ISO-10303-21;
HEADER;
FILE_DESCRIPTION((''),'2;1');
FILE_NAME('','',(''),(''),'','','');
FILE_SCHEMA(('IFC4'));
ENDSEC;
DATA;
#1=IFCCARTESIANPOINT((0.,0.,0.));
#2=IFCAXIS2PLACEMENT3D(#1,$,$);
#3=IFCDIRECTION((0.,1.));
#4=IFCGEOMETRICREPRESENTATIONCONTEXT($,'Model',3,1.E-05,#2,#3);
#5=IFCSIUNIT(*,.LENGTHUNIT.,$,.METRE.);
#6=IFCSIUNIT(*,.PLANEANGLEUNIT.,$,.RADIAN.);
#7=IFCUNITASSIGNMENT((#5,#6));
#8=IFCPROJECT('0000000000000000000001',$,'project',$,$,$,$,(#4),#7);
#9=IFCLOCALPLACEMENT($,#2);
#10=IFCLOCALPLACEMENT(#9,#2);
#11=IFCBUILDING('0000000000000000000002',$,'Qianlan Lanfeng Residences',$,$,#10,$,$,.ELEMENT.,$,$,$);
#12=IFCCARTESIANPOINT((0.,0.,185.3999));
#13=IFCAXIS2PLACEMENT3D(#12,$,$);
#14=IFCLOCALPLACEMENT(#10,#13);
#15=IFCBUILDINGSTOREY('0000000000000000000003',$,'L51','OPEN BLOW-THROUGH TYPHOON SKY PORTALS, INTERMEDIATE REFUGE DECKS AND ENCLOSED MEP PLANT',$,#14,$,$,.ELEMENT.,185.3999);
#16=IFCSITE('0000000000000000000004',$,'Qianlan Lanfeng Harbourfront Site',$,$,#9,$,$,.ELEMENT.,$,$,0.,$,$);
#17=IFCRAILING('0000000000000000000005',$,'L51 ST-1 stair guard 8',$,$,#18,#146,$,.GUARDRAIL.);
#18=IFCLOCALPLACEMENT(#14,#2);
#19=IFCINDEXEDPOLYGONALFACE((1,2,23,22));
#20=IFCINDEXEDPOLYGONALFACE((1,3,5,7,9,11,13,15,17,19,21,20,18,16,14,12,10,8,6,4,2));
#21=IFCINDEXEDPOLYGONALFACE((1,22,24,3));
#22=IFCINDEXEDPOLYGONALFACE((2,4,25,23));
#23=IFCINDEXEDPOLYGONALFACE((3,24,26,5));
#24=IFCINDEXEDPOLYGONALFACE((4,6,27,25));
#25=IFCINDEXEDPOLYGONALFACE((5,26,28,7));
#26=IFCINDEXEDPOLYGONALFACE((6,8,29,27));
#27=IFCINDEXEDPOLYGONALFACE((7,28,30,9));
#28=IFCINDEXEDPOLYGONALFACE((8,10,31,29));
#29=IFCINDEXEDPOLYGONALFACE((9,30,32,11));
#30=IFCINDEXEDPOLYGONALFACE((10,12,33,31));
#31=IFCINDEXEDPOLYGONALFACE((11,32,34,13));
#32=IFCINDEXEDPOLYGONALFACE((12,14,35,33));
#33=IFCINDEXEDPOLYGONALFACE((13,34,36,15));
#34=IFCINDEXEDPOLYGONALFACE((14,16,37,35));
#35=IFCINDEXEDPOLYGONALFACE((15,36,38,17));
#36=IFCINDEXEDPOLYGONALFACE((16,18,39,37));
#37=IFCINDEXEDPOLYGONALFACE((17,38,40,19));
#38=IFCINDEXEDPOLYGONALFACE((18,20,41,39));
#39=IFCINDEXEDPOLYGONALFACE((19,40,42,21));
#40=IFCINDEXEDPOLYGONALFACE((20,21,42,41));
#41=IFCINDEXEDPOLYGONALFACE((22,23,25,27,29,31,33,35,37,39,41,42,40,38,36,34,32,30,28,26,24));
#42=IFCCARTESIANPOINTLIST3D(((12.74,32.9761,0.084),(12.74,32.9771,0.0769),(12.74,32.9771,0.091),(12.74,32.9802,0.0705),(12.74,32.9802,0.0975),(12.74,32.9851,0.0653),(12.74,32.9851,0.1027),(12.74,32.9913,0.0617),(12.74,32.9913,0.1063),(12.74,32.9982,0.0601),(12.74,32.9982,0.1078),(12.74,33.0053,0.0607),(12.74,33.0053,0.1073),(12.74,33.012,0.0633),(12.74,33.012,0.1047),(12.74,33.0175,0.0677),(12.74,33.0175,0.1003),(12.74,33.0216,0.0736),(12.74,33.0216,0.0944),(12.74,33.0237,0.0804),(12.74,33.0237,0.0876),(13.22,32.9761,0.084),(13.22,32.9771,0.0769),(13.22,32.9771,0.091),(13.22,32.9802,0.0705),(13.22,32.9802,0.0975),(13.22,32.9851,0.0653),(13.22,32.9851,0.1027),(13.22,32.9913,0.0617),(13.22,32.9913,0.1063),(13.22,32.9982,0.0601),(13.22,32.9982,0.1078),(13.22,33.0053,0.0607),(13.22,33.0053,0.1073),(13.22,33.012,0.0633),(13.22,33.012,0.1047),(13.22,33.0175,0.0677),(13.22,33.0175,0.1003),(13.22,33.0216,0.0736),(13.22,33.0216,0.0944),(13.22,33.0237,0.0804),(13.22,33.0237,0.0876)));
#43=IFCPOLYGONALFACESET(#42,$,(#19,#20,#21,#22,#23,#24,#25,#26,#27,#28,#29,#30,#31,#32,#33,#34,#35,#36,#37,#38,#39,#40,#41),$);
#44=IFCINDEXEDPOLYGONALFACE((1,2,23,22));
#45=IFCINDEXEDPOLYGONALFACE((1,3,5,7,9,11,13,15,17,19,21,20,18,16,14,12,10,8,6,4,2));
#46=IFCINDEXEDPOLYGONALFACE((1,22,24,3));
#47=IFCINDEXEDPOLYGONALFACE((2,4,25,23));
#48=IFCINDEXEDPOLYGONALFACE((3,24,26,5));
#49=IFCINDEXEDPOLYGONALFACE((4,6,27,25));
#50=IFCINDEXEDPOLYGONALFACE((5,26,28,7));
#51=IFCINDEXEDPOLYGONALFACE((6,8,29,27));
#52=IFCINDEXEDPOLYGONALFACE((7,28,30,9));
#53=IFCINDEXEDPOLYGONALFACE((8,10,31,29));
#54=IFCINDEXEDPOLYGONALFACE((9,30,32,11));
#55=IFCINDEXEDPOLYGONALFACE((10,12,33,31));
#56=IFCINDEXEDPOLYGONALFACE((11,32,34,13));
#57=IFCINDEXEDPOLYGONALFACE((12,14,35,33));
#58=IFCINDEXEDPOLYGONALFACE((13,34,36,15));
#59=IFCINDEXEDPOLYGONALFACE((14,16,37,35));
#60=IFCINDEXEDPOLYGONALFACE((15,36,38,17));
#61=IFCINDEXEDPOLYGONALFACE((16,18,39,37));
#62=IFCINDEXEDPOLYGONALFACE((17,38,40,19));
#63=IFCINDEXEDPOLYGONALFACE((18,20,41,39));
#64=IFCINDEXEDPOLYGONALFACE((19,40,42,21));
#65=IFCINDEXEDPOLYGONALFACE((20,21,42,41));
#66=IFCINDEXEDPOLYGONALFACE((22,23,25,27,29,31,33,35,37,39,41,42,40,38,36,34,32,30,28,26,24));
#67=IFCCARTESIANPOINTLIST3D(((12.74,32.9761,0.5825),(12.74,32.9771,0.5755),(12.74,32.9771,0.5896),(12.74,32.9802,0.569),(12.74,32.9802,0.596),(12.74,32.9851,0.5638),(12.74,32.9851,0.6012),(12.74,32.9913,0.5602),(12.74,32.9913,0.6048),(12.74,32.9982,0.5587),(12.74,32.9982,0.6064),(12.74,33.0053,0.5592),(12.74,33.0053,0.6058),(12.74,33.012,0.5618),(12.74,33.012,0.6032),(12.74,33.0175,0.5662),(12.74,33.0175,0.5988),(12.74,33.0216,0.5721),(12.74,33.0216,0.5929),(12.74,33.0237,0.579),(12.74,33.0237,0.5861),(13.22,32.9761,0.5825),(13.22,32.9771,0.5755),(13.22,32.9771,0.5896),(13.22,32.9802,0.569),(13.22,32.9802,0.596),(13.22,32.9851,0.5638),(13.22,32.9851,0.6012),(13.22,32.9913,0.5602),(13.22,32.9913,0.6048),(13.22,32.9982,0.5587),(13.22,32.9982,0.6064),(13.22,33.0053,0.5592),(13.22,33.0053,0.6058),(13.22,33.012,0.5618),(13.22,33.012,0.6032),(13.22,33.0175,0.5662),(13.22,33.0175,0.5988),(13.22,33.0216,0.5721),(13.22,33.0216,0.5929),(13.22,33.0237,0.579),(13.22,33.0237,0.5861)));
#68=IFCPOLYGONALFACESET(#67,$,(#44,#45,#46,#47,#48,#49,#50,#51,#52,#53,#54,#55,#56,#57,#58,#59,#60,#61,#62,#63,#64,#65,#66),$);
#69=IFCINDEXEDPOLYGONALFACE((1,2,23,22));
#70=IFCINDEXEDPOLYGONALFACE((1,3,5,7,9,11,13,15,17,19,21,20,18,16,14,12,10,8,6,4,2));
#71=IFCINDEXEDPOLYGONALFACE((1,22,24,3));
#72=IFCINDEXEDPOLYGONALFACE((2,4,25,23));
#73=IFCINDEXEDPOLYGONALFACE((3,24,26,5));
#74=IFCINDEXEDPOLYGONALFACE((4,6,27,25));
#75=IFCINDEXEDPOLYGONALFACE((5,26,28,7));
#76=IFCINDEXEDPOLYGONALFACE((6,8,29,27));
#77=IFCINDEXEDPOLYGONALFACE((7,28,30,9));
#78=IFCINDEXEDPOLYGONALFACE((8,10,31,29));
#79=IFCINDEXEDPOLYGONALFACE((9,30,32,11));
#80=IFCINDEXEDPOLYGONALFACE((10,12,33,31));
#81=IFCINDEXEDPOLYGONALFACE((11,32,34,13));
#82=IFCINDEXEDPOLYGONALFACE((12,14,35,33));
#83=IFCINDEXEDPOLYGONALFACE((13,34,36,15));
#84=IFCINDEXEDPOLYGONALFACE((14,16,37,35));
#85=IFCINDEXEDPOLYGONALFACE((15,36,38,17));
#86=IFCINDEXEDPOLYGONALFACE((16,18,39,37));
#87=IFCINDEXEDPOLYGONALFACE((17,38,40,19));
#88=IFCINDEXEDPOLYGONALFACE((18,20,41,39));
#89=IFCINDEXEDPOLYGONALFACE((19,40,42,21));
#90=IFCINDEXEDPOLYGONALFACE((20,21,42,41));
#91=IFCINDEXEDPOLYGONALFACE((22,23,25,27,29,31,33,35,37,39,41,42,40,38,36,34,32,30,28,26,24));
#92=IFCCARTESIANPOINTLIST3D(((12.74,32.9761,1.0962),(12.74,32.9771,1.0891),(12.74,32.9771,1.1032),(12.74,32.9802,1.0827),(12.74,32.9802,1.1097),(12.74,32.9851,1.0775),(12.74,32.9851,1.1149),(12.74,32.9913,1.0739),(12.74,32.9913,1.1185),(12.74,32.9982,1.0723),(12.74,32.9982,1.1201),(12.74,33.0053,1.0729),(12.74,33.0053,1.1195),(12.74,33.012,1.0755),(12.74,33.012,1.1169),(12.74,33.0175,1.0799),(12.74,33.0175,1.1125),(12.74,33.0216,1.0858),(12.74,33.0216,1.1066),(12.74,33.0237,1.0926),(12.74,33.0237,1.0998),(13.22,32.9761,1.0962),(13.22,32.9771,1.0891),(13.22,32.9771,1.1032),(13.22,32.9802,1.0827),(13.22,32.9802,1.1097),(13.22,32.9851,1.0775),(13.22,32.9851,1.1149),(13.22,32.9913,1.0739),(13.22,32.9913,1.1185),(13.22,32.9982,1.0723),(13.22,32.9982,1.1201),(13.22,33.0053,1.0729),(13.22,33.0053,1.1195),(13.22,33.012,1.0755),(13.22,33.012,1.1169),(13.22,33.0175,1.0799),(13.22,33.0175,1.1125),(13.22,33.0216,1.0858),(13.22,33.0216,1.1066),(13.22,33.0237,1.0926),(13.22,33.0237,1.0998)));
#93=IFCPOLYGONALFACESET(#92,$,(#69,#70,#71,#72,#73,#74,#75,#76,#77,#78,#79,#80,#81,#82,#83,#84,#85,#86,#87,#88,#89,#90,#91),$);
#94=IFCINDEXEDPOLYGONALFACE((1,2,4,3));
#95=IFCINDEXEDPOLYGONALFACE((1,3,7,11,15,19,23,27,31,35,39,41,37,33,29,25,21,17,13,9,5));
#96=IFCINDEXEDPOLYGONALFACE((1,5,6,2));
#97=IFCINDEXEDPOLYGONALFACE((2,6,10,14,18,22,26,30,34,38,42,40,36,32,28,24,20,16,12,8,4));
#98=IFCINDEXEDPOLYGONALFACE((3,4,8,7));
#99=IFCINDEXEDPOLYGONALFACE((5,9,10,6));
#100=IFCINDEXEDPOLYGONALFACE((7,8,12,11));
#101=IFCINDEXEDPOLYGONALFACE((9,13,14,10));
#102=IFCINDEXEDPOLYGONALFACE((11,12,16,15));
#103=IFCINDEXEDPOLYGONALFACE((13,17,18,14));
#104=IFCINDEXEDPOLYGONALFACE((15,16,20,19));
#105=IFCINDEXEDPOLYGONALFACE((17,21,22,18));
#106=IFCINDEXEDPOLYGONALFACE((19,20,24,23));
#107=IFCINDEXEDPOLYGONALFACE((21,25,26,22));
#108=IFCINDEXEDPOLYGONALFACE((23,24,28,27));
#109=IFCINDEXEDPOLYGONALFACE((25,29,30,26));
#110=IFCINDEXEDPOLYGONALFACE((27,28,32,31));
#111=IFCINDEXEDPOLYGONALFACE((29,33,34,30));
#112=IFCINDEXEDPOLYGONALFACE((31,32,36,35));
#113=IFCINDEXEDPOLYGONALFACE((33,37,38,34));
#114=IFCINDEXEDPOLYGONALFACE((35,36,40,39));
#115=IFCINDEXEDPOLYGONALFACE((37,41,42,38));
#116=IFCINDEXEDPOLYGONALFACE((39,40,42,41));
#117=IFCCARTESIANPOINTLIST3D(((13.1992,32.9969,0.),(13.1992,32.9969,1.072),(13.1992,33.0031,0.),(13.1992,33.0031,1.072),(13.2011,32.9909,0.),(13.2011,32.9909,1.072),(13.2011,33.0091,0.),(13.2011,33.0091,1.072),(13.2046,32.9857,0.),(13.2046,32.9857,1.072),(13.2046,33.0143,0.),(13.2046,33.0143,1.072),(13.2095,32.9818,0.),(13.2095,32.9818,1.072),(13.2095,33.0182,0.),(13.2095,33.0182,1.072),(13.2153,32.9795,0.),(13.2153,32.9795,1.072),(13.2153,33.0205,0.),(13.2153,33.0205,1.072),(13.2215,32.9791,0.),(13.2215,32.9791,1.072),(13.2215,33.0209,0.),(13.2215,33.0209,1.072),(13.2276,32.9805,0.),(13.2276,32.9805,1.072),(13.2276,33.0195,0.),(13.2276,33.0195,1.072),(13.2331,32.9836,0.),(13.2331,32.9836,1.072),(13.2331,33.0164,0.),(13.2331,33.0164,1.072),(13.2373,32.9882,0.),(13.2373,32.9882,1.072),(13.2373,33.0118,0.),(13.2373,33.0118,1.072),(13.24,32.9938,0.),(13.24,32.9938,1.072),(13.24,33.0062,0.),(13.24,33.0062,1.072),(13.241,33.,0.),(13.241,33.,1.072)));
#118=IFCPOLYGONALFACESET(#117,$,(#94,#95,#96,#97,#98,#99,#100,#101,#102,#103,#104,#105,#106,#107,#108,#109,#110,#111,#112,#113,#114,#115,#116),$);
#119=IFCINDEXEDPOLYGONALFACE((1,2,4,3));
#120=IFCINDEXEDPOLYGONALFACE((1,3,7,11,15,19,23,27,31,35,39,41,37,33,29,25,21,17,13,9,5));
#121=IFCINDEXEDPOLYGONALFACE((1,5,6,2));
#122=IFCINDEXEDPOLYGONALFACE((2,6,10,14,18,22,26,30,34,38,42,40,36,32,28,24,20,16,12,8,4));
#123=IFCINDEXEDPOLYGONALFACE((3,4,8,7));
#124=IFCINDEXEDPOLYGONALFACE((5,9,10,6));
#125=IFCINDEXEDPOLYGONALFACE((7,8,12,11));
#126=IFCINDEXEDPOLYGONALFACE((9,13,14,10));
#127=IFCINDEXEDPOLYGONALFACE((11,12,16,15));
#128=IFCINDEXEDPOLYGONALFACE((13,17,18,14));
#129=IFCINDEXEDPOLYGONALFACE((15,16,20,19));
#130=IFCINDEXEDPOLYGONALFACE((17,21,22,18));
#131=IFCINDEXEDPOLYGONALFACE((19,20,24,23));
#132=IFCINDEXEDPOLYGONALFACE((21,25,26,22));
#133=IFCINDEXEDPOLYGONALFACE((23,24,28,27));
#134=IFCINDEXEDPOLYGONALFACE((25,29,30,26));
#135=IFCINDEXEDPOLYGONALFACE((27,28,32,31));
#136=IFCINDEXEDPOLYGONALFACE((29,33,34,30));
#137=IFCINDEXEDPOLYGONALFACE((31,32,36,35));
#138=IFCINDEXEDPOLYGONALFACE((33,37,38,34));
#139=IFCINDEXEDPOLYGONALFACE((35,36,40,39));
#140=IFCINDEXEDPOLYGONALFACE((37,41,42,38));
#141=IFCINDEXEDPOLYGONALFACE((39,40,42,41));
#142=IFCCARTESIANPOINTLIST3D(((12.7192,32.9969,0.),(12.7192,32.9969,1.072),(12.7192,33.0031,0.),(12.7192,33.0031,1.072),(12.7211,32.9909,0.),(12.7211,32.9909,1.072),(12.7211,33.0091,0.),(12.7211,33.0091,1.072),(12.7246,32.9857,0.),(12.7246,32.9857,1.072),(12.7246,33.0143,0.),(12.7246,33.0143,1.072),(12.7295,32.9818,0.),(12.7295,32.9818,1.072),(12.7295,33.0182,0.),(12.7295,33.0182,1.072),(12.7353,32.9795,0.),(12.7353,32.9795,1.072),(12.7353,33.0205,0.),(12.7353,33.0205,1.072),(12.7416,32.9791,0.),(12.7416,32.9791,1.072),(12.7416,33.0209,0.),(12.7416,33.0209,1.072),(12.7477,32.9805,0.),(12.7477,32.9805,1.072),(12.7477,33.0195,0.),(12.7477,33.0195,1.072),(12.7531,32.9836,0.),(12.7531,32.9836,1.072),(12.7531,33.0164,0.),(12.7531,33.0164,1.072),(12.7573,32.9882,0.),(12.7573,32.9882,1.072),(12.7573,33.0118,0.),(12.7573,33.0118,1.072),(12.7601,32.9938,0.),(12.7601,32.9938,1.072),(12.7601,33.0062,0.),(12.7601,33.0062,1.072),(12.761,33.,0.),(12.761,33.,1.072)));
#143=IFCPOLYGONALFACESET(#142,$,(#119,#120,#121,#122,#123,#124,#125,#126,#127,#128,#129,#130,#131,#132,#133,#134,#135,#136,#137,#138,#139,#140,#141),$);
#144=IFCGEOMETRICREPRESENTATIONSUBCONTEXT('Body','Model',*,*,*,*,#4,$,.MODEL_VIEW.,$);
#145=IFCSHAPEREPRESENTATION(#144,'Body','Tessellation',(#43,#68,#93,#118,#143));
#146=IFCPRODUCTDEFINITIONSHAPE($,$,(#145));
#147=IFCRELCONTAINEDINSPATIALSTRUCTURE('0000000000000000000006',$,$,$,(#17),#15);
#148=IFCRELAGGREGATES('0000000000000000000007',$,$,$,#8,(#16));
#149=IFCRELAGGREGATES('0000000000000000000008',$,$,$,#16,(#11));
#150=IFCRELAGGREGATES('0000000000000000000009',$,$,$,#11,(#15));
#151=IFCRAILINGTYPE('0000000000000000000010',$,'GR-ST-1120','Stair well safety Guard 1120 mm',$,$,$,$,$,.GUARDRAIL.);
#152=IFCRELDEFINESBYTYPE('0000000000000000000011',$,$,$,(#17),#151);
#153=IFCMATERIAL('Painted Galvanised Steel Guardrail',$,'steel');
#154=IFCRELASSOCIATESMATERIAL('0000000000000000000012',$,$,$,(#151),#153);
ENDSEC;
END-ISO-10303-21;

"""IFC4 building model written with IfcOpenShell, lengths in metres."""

from ifc_helpers import new_model, si_unit, direction, frame, origin, origin_2d, place, context, subcontext, project, spatial, circle, extrude, material, type_object, element, save


model = new_model("IFC4")

# Units and contexts
model_context = context("Model", 3, precision=1e-05, world=origin(), true_north=direction((0.0, 1.0)))
body_context = subcontext(model_context, "Body", "Model", "MODEL_VIEW")
ifc_project = project(units=[si_unit("LENGTHUNIT", "METRE"), si_unit("PLANEANGLEUNIT", "RADIAN")], contexts=[model_context])

# Site, building, storey
site_placement = place(None, origin())
site = spatial("IfcSite", under=ifc_project, at=site_placement, Name="Qianlan Lanfeng Harbourfront Site", CompositionType="ELEMENT", RefElevation=0.0)
building_placement = place(site_placement, origin())
building = spatial("IfcBuilding", under=site, at=building_placement, Name="Qianlan Lanfeng Residences", CompositionType="ELEMENT")
storey_placement = place(building_placement, frame((0.0, 0.0, 185.3999)))
storey = spatial("IfcBuildingStorey", under=building, at=storey_placement, Name="L51", Description="OPEN BLOW-THROUGH TYPHOON SKY PORTALS, INTERMEDIATE REFUGE DECKS AND ENCLOSED MEP PLANT", CompositionType="ELEMENT", Elevation=185.3999)

# Railing
ifc_material_1 = material(Name="Painted Galvanised Steel Guardrail", Category="steel")
railing_type_1 = type_object("IfcRailingType", Name="GR-ST-1120", Description="Stair well safety Guard 1120 mm", PredefinedType="GUARDRAIL", material=ifc_material_1)
railing_1_placement = place(storey_placement, frame((13.22, 33.0, 0.0)))
element("IfcRailing", 1, at=railing_1_placement, inside=storey, type_object=railing_type_1, Name="L51 ST-1 stair guard 8", PredefinedType="GUARDRAIL", context=body_context, shape_type="SweptSolid", body=[
    extrude(circle(Radius=0.0239, at=origin_2d()), frame((0.0, 0.0, 0.084), z_axis=(-1.0, 0.0, 0.0), x_axis=(0.0, -1.0, 0.0)), (0.0, 0.0, 1.0), 0.48),
    extrude(circle(Radius=0.0239, at=origin_2d()), frame((0.0, 0.0, 0.5825), z_axis=(-1.0, 0.0, 0.0), x_axis=(0.0, -1.0, 0.0)), (0.0, 0.0, 1.0), 0.48),
    extrude(circle(Radius=0.0239, at=origin_2d()), frame((0.0, 0.0, 1.0962), z_axis=(-1.0, 0.0, 0.0), x_axis=(0.0, -1.0, 0.0)), (0.0, 0.0, 1.0), 0.48),
    extrude(circle(Radius=0.021, at=origin_2d()), origin(), (0.0, 0.0, 1.0), 1.072),
    extrude(circle(Radius=0.021, at=origin_2d()), frame((-0.48, 0.0, 0.0)), (0.0, 0.0, 1.0), 1.072),
])

save(model, "model.ifc")
